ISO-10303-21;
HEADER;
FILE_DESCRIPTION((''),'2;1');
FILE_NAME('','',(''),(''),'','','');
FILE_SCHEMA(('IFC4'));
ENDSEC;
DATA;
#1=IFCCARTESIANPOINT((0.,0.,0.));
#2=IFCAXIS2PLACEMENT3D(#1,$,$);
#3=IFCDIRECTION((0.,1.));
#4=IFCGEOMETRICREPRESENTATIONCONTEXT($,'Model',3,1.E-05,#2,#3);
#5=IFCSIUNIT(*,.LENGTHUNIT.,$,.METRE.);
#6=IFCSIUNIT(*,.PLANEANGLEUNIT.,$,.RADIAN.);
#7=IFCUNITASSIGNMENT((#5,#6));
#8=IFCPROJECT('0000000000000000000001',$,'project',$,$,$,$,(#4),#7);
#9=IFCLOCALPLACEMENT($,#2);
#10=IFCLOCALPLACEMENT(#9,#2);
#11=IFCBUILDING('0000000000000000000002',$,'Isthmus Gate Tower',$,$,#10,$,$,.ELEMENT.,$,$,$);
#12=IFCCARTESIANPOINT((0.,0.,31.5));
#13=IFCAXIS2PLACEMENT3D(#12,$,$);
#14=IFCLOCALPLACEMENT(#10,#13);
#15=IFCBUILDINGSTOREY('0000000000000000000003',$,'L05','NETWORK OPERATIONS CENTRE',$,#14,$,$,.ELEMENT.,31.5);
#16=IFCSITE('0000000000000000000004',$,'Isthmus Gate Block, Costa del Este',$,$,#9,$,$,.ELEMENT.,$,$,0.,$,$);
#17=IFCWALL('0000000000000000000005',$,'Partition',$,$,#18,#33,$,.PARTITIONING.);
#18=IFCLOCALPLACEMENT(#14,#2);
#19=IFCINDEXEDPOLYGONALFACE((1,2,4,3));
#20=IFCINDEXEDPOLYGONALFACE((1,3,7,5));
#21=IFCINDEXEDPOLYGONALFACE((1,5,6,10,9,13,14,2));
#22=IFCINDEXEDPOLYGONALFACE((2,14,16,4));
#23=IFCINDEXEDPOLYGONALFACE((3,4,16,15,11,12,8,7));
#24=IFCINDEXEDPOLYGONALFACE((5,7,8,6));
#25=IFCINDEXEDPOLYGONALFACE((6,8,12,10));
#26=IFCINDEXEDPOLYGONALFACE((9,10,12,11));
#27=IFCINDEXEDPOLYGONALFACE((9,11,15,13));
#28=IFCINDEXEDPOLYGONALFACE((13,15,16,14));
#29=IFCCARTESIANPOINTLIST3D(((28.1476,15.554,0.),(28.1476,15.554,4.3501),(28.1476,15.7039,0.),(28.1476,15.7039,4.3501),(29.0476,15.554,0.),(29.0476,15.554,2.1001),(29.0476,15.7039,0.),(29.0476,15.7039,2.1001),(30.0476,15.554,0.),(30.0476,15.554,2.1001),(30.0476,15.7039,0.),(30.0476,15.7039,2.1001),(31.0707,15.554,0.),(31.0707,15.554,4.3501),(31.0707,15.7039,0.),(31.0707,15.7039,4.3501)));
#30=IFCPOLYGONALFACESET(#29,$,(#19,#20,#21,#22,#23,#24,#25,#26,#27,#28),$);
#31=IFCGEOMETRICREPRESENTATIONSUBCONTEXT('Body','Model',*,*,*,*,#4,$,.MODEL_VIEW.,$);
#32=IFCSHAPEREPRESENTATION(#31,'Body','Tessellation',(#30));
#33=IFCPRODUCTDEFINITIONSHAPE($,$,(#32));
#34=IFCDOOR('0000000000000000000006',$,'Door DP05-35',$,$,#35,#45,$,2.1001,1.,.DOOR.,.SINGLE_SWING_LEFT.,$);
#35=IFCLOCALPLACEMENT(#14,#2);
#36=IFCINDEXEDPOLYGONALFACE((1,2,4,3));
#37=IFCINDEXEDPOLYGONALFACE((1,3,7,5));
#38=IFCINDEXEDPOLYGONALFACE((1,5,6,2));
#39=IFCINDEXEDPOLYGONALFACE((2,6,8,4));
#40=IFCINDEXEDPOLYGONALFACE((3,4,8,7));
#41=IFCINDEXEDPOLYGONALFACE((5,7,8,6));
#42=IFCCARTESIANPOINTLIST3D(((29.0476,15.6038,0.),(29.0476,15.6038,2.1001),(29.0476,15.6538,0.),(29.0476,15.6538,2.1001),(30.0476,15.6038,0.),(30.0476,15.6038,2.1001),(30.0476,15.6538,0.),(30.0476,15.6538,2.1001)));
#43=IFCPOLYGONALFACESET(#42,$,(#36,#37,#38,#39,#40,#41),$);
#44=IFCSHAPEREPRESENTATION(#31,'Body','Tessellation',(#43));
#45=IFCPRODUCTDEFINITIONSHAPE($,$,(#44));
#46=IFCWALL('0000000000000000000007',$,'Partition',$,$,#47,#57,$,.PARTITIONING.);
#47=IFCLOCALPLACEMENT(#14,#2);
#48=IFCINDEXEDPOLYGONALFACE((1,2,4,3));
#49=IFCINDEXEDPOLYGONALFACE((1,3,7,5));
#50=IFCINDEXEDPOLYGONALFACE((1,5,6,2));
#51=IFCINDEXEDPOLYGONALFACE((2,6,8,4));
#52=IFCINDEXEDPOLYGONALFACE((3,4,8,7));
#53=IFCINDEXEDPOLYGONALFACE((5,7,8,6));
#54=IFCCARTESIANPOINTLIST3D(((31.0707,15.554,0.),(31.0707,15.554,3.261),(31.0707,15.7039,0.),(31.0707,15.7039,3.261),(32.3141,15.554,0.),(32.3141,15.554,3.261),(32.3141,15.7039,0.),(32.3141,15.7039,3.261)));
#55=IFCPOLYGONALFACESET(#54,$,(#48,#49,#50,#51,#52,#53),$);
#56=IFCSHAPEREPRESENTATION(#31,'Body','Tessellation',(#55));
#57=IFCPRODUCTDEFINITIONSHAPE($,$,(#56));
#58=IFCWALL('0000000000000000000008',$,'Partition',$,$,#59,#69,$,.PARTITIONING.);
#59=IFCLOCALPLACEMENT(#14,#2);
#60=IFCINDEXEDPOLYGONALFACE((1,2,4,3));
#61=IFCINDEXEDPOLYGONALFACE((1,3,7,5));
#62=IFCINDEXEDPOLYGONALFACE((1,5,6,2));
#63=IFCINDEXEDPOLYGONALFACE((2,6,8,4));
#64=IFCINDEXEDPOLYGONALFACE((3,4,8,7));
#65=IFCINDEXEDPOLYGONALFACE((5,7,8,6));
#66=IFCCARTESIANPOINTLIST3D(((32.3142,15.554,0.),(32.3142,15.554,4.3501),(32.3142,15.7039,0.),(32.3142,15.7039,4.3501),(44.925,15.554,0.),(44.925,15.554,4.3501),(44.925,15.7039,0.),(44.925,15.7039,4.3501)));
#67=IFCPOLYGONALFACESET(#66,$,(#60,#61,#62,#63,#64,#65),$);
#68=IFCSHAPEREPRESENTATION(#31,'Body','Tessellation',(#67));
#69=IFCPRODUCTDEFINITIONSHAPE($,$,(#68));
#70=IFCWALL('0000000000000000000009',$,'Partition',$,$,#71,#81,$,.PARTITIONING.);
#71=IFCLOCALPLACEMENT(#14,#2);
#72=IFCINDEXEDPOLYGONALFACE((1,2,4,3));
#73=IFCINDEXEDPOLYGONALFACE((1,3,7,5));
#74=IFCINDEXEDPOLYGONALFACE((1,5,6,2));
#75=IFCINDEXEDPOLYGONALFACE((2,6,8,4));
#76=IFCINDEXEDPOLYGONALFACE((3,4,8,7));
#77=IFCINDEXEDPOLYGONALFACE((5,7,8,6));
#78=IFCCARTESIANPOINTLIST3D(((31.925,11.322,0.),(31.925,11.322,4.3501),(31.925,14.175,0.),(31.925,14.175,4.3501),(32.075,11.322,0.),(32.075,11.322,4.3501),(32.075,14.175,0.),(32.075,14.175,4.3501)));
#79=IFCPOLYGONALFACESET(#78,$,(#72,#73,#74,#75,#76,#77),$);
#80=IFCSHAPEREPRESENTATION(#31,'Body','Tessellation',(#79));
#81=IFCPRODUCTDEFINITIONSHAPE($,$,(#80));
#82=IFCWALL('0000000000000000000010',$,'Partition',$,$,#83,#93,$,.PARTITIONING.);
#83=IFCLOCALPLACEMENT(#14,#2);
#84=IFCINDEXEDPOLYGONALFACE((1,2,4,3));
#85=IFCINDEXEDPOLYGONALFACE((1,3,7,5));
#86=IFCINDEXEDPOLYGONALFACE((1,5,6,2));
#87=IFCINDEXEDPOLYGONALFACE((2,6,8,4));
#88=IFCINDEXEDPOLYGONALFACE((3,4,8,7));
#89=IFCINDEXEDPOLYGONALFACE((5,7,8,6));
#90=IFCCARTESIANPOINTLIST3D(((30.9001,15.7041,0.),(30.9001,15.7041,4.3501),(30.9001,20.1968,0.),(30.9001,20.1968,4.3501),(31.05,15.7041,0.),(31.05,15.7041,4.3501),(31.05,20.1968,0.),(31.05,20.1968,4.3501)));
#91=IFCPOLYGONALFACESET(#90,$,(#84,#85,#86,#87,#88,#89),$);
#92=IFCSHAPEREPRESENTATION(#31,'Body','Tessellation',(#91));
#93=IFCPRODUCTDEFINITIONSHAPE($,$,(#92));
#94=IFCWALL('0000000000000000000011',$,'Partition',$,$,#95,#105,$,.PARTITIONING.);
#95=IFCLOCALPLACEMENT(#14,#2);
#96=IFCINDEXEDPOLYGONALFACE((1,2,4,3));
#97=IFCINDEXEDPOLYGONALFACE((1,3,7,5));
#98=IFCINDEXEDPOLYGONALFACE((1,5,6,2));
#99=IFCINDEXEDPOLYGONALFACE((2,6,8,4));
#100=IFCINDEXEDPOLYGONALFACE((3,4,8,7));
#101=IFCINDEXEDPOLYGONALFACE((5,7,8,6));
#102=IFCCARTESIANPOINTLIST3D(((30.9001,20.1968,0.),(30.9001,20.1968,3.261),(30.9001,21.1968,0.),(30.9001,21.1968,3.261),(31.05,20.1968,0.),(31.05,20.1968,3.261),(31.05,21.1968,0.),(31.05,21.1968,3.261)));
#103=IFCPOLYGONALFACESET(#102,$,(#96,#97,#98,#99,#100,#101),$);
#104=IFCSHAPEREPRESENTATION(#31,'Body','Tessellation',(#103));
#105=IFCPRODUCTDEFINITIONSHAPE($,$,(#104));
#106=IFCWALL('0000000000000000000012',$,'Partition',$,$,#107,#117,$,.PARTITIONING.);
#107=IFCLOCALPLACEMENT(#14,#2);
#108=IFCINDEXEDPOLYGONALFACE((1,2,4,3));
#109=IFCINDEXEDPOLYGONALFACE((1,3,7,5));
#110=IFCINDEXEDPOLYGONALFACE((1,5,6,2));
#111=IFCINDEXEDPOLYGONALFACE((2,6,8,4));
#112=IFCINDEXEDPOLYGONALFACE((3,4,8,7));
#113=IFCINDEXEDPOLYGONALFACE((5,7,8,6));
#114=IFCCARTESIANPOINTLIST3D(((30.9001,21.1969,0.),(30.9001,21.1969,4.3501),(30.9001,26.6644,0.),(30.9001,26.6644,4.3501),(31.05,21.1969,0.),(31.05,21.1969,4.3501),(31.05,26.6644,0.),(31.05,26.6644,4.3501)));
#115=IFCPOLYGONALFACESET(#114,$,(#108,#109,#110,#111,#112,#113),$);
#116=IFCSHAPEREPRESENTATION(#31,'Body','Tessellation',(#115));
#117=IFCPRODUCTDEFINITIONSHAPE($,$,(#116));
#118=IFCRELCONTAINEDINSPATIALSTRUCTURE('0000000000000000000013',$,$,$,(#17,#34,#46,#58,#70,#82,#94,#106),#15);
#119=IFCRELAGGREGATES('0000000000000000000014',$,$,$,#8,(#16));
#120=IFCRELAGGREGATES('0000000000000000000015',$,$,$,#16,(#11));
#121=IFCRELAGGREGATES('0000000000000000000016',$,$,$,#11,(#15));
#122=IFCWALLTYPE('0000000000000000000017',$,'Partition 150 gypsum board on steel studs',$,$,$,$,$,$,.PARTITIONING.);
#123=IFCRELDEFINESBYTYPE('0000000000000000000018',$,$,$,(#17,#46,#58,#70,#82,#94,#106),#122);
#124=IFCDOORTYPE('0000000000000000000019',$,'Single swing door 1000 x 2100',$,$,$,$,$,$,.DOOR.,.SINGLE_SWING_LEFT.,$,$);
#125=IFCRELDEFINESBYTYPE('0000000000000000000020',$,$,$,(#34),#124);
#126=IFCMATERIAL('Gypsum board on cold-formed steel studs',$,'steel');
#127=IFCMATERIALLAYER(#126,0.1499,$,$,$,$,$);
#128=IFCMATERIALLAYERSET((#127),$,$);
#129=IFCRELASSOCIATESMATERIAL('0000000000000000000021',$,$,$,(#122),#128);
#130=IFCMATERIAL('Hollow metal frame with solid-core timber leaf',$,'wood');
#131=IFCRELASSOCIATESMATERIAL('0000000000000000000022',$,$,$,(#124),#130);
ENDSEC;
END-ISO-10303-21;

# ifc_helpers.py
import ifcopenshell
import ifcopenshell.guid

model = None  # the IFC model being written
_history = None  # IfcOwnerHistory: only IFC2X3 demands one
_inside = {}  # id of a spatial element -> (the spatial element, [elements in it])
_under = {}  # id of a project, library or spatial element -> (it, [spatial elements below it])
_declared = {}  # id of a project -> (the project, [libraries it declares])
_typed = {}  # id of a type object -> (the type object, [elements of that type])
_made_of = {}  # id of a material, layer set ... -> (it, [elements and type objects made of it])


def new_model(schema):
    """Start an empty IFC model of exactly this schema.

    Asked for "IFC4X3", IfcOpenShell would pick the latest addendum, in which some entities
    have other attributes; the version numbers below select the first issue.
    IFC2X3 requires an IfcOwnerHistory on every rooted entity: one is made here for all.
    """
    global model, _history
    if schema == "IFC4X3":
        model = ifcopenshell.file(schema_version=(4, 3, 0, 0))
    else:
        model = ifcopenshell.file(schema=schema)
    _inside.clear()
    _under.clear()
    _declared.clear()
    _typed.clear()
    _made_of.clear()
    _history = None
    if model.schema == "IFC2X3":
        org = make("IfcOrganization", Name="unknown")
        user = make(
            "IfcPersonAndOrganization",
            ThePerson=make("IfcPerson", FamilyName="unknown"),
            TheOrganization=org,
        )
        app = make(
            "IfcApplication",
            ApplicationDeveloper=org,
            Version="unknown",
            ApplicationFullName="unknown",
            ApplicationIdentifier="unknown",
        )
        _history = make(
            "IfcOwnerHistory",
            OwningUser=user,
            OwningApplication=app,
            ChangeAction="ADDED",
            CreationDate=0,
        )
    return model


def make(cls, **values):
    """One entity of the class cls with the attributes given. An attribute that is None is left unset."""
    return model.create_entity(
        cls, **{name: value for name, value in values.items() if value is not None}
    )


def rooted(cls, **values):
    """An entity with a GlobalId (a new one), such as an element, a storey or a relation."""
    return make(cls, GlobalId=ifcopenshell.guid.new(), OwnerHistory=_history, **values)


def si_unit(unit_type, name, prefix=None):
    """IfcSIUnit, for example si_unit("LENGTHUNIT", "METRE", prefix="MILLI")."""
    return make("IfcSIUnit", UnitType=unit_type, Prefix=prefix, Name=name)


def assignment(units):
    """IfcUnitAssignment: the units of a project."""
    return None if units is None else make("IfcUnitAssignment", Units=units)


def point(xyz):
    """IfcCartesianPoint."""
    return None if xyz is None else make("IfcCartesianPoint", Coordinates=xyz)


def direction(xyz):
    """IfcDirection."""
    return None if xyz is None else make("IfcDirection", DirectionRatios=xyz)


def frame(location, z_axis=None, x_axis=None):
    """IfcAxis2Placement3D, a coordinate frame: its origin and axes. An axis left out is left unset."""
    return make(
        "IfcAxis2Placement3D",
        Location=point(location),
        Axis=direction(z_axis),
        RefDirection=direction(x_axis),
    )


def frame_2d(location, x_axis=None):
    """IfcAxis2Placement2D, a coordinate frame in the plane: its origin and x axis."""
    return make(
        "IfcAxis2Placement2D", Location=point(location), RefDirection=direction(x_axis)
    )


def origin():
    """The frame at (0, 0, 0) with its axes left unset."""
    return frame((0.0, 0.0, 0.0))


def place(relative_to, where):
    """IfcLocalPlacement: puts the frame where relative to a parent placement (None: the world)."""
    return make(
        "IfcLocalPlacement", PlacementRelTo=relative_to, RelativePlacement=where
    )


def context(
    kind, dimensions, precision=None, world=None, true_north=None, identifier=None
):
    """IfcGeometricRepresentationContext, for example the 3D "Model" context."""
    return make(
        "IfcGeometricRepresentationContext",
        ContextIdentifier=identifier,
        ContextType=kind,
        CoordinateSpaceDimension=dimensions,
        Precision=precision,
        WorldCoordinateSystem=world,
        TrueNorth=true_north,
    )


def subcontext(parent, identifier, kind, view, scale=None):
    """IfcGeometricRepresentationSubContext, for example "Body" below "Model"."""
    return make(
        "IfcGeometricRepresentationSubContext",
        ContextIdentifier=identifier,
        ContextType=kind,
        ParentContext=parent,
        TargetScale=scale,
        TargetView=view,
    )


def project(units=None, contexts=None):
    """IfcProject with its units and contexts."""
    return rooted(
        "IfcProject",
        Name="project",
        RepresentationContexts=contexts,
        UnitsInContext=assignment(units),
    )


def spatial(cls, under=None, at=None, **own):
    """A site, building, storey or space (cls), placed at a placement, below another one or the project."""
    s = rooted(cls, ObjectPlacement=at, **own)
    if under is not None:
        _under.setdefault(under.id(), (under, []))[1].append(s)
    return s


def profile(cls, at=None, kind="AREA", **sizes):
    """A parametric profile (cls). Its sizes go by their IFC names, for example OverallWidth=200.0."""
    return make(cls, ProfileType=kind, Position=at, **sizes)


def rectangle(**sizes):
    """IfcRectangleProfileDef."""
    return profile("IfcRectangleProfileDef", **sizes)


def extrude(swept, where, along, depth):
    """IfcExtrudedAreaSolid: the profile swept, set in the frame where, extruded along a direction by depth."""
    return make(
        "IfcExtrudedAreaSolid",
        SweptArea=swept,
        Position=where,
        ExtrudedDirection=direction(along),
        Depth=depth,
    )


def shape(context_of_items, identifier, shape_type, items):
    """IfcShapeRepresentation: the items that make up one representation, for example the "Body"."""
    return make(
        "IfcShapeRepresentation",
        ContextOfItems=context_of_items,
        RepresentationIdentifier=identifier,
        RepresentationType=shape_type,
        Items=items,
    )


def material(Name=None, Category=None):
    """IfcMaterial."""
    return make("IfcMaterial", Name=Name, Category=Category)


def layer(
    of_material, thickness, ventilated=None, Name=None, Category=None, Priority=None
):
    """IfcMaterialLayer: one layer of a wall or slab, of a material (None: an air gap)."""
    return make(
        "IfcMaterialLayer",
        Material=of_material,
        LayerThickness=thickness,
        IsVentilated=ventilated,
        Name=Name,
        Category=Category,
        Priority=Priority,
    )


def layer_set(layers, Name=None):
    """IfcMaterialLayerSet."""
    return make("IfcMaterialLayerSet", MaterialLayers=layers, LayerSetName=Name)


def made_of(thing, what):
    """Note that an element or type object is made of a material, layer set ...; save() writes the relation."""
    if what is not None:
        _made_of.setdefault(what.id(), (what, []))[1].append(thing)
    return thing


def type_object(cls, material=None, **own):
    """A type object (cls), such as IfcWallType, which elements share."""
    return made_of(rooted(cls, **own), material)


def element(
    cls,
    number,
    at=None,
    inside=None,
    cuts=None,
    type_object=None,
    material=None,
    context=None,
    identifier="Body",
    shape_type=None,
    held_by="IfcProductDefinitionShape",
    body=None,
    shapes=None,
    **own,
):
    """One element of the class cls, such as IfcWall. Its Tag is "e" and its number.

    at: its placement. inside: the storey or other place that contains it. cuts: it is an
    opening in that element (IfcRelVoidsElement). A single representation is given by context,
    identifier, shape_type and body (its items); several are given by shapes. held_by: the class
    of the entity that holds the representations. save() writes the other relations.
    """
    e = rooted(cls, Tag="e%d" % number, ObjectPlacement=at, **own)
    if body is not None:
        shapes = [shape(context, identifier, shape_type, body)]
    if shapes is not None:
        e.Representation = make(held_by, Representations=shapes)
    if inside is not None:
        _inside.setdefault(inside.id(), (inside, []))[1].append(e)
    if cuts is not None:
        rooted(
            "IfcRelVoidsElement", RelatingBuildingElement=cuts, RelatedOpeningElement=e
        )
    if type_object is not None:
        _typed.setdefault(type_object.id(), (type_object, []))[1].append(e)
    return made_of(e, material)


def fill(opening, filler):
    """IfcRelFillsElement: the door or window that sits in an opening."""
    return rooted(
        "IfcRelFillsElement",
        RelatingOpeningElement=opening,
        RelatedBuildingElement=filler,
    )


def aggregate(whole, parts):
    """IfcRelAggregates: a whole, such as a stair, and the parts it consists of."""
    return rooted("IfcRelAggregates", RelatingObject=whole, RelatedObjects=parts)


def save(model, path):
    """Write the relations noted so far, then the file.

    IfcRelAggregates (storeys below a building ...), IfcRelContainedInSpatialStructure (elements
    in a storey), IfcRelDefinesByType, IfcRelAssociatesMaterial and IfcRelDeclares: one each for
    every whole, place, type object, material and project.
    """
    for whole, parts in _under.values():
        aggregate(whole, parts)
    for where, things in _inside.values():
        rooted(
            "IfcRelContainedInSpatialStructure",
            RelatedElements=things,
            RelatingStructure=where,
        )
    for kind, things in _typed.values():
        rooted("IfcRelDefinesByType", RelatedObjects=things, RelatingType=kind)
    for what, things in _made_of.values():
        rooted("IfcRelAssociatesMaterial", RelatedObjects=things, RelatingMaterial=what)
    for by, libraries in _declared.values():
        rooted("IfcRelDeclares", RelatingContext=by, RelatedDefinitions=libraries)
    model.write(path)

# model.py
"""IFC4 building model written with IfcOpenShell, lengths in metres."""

from ifc_helpers import new_model, si_unit, direction, frame, frame_2d, origin, place, context, subcontext, project, spatial, rectangle, extrude, material, layer, layer_set, type_object, element, fill, save


model = new_model("IFC4")

# Units and contexts
model_context = context("Model", 3, precision=1e-05, world=origin(), true_north=direction((0.0, 1.0)))
body_context = subcontext(model_context, "Body", "Model", "MODEL_VIEW")
ifc_project = project(units=[si_unit("LENGTHUNIT", "METRE"), si_unit("PLANEANGLEUNIT", "RADIAN")], contexts=[model_context])

# Site, building, storey
site_placement = place(None, origin())
site = spatial("IfcSite", under=ifc_project, at=site_placement, Name="Isthmus Gate Block, Costa del Este", CompositionType="ELEMENT", RefElevation=0.0)
building_placement = place(site_placement, origin())
building = spatial("IfcBuilding", under=site, at=building_placement, Name="Isthmus Gate Tower", CompositionType="ELEMENT")
storey_placement = place(building_placement, frame((0.0, 0.0, 31.5)))
storey = spatial("IfcBuildingStorey", under=building, at=storey_placement, Name="L05", Description="NETWORK OPERATIONS CENTRE", CompositionType="ELEMENT", Elevation=31.5)

# Shared definitions
ifc_material_1 = material(Name="Gypsum board on cold-formed steel studs", Category="steel")
ifc_layer = layer(ifc_material_1, 0.1499)
ifc_layer_set = layer_set([ifc_layer])
wall_type = type_object("IfcWallType", Name="Partition 150 gypsum board on steel studs", PredefinedType="PARTITIONING", material=ifc_layer_set)

# Wall, opening, door
wall_1_placement = place(storey_placement, frame((28.1477, 15.6289, 0.0), z_axis=(0.0, 0.0, 1.0), x_axis=(1.0, 0.0, 0.0)))
wall_1 = element("IfcWall", 1, at=wall_1_placement, inside=storey, type_object=wall_type, Name="Partition", PredefinedType="PARTITIONING", context=body_context, shape_type="SweptSolid", body=[
    extrude(rectangle(XDim=2.9231, YDim=0.1499, at=frame_2d((1.4614, 0.0))), origin(), (0.0, 0.0, 1.0), 4.3501),
])
opening_placement = place(wall_1_placement, frame((0.8999, 0.0, 0.0)))
opening = element("IfcOpeningElement", 2, at=opening_placement, cuts=wall_1, PredefinedType="OPENING", context=body_context, shape_type="SweptSolid", body=[
    extrude(rectangle(XDim=1.0, YDim=2.1001, at=frame_2d((0.5, 1.05))), frame((0.0, 0.085, 0.0), z_axis=(0.0, -1.0, 0.0), x_axis=(1.0, 0.0, 0.0)), (0.0, 0.0, 1.0), 0.1699),
])
ifc_material_2 = material(Name="Hollow metal frame with solid-core timber leaf", Category="wood")
door_type = type_object("IfcDoorType", Name="Single swing door 1000 x 2100", OperationType="SINGLE_SWING_LEFT", PredefinedType="DOOR", material=ifc_material_2)
door_placement = place(opening_placement, origin())
door = element("IfcDoor", 3, at=door_placement, inside=storey, type_object=door_type, Name="Door DP05-35", OperationType="SINGLE_SWING_LEFT", OverallHeight=2.1001, OverallWidth=1.0, PredefinedType="DOOR", context=body_context, shape_type="SweptSolid", body=[
    extrude(rectangle(XDim=1.0, YDim=2.1001, at=frame_2d((0.5, 1.05))), frame((0.0, 0.0249, 0.0), z_axis=(0.0, -1.0, 0.0), x_axis=(1.0, 0.0, 0.0)), (0.0, 0.0, 1.0), 0.05),
])
fill(opening, door)

# Walls
wall_2_placement = place(storey_placement, frame((31.0708, 15.6289, 0.0), z_axis=(0.0, 0.0, 1.0), x_axis=(1.0, 0.0, 0.0)))
element("IfcWall", 4, at=wall_2_placement, inside=storey, type_object=wall_type, Name="Partition", PredefinedType="PARTITIONING", context=body_context, shape_type="SweptSolid", body=[
    extrude(rectangle(XDim=1.2434, YDim=0.1499, at=frame_2d((0.6216, 0.0))), origin(), (0.0, 0.0, 1.0), 3.261),
])
wall_3_placement = place(storey_placement, frame((32.3142, 15.6289, 0.0), z_axis=(0.0, 0.0, 1.0), x_axis=(1.0, 0.0, 0.0)))
element("IfcWall", 5, at=wall_3_placement, inside=storey, type_object=wall_type, Name="Partition", PredefinedType="PARTITIONING", context=body_context, shape_type="SweptSolid", body=[
    extrude(rectangle(XDim=12.6108, YDim=0.1499, at=frame_2d((6.3054, 0.0))), origin(), (0.0, 0.0, 1.0), 4.3501),
])
wall_4_placement = place(storey_placement, frame((32.0, 11.322, 0.0), z_axis=(0.0, 0.0, 1.0), x_axis=(0.0, 1.0, 0.0)))
element("IfcWall", 6, at=wall_4_placement, inside=storey, type_object=wall_type, Name="Partition", PredefinedType="PARTITIONING", context=body_context, shape_type="SweptSolid", body=[
    extrude(rectangle(XDim=2.853, YDim=0.1499, at=frame_2d((1.4265, 0.0))), origin(), (0.0, 0.0, 1.0), 4.3501),
])
wall_5_placement = place(storey_placement, frame((30.9751, 15.7041, 0.0), z_axis=(0.0, 0.0, 1.0), x_axis=(0.0, 1.0, 0.0)))
element("IfcWall", 7, at=wall_5_placement, inside=storey, type_object=wall_type, Name="Partition", PredefinedType="PARTITIONING", context=body_context, shape_type="SweptSolid", body=[
    extrude(rectangle(XDim=4.4927, YDim=0.1499, at=frame_2d((2.2463, 0.0))), origin(), (0.0, 0.0, 1.0), 4.3501),
])
wall_6_placement = place(storey_placement, frame((30.9751, 20.1968, 0.0), z_axis=(0.0, 0.0, 1.0), x_axis=(0.0, 1.0, 0.0)))
element("IfcWall", 8, at=wall_6_placement, inside=storey, type_object=wall_type, Name="Partition", PredefinedType="PARTITIONING", context=body_context, shape_type="SweptSolid", body=[
    extrude(rectangle(XDim=1.0, YDim=0.1499, at=frame_2d((0.5, 0.0))), origin(), (0.0, 0.0, 1.0), 3.261),
])
wall_7_placement = place(storey_placement, frame((30.9751, 21.1968, 0.0), z_axis=(0.0, 0.0, 1.0), x_axis=(0.0, 1.0, 0.0)))
element("IfcWall", 9, at=wall_7_placement, inside=storey, type_object=wall_type, Name="Partition", PredefinedType="PARTITIONING", context=body_context, shape_type="SweptSolid", body=[
    extrude(rectangle(XDim=5.4675, YDim=0.1499, at=frame_2d((2.7339, 0.0))), origin(), (0.0, 0.0, 1.0), 4.3501),
])

save(model, "model.ifc")
